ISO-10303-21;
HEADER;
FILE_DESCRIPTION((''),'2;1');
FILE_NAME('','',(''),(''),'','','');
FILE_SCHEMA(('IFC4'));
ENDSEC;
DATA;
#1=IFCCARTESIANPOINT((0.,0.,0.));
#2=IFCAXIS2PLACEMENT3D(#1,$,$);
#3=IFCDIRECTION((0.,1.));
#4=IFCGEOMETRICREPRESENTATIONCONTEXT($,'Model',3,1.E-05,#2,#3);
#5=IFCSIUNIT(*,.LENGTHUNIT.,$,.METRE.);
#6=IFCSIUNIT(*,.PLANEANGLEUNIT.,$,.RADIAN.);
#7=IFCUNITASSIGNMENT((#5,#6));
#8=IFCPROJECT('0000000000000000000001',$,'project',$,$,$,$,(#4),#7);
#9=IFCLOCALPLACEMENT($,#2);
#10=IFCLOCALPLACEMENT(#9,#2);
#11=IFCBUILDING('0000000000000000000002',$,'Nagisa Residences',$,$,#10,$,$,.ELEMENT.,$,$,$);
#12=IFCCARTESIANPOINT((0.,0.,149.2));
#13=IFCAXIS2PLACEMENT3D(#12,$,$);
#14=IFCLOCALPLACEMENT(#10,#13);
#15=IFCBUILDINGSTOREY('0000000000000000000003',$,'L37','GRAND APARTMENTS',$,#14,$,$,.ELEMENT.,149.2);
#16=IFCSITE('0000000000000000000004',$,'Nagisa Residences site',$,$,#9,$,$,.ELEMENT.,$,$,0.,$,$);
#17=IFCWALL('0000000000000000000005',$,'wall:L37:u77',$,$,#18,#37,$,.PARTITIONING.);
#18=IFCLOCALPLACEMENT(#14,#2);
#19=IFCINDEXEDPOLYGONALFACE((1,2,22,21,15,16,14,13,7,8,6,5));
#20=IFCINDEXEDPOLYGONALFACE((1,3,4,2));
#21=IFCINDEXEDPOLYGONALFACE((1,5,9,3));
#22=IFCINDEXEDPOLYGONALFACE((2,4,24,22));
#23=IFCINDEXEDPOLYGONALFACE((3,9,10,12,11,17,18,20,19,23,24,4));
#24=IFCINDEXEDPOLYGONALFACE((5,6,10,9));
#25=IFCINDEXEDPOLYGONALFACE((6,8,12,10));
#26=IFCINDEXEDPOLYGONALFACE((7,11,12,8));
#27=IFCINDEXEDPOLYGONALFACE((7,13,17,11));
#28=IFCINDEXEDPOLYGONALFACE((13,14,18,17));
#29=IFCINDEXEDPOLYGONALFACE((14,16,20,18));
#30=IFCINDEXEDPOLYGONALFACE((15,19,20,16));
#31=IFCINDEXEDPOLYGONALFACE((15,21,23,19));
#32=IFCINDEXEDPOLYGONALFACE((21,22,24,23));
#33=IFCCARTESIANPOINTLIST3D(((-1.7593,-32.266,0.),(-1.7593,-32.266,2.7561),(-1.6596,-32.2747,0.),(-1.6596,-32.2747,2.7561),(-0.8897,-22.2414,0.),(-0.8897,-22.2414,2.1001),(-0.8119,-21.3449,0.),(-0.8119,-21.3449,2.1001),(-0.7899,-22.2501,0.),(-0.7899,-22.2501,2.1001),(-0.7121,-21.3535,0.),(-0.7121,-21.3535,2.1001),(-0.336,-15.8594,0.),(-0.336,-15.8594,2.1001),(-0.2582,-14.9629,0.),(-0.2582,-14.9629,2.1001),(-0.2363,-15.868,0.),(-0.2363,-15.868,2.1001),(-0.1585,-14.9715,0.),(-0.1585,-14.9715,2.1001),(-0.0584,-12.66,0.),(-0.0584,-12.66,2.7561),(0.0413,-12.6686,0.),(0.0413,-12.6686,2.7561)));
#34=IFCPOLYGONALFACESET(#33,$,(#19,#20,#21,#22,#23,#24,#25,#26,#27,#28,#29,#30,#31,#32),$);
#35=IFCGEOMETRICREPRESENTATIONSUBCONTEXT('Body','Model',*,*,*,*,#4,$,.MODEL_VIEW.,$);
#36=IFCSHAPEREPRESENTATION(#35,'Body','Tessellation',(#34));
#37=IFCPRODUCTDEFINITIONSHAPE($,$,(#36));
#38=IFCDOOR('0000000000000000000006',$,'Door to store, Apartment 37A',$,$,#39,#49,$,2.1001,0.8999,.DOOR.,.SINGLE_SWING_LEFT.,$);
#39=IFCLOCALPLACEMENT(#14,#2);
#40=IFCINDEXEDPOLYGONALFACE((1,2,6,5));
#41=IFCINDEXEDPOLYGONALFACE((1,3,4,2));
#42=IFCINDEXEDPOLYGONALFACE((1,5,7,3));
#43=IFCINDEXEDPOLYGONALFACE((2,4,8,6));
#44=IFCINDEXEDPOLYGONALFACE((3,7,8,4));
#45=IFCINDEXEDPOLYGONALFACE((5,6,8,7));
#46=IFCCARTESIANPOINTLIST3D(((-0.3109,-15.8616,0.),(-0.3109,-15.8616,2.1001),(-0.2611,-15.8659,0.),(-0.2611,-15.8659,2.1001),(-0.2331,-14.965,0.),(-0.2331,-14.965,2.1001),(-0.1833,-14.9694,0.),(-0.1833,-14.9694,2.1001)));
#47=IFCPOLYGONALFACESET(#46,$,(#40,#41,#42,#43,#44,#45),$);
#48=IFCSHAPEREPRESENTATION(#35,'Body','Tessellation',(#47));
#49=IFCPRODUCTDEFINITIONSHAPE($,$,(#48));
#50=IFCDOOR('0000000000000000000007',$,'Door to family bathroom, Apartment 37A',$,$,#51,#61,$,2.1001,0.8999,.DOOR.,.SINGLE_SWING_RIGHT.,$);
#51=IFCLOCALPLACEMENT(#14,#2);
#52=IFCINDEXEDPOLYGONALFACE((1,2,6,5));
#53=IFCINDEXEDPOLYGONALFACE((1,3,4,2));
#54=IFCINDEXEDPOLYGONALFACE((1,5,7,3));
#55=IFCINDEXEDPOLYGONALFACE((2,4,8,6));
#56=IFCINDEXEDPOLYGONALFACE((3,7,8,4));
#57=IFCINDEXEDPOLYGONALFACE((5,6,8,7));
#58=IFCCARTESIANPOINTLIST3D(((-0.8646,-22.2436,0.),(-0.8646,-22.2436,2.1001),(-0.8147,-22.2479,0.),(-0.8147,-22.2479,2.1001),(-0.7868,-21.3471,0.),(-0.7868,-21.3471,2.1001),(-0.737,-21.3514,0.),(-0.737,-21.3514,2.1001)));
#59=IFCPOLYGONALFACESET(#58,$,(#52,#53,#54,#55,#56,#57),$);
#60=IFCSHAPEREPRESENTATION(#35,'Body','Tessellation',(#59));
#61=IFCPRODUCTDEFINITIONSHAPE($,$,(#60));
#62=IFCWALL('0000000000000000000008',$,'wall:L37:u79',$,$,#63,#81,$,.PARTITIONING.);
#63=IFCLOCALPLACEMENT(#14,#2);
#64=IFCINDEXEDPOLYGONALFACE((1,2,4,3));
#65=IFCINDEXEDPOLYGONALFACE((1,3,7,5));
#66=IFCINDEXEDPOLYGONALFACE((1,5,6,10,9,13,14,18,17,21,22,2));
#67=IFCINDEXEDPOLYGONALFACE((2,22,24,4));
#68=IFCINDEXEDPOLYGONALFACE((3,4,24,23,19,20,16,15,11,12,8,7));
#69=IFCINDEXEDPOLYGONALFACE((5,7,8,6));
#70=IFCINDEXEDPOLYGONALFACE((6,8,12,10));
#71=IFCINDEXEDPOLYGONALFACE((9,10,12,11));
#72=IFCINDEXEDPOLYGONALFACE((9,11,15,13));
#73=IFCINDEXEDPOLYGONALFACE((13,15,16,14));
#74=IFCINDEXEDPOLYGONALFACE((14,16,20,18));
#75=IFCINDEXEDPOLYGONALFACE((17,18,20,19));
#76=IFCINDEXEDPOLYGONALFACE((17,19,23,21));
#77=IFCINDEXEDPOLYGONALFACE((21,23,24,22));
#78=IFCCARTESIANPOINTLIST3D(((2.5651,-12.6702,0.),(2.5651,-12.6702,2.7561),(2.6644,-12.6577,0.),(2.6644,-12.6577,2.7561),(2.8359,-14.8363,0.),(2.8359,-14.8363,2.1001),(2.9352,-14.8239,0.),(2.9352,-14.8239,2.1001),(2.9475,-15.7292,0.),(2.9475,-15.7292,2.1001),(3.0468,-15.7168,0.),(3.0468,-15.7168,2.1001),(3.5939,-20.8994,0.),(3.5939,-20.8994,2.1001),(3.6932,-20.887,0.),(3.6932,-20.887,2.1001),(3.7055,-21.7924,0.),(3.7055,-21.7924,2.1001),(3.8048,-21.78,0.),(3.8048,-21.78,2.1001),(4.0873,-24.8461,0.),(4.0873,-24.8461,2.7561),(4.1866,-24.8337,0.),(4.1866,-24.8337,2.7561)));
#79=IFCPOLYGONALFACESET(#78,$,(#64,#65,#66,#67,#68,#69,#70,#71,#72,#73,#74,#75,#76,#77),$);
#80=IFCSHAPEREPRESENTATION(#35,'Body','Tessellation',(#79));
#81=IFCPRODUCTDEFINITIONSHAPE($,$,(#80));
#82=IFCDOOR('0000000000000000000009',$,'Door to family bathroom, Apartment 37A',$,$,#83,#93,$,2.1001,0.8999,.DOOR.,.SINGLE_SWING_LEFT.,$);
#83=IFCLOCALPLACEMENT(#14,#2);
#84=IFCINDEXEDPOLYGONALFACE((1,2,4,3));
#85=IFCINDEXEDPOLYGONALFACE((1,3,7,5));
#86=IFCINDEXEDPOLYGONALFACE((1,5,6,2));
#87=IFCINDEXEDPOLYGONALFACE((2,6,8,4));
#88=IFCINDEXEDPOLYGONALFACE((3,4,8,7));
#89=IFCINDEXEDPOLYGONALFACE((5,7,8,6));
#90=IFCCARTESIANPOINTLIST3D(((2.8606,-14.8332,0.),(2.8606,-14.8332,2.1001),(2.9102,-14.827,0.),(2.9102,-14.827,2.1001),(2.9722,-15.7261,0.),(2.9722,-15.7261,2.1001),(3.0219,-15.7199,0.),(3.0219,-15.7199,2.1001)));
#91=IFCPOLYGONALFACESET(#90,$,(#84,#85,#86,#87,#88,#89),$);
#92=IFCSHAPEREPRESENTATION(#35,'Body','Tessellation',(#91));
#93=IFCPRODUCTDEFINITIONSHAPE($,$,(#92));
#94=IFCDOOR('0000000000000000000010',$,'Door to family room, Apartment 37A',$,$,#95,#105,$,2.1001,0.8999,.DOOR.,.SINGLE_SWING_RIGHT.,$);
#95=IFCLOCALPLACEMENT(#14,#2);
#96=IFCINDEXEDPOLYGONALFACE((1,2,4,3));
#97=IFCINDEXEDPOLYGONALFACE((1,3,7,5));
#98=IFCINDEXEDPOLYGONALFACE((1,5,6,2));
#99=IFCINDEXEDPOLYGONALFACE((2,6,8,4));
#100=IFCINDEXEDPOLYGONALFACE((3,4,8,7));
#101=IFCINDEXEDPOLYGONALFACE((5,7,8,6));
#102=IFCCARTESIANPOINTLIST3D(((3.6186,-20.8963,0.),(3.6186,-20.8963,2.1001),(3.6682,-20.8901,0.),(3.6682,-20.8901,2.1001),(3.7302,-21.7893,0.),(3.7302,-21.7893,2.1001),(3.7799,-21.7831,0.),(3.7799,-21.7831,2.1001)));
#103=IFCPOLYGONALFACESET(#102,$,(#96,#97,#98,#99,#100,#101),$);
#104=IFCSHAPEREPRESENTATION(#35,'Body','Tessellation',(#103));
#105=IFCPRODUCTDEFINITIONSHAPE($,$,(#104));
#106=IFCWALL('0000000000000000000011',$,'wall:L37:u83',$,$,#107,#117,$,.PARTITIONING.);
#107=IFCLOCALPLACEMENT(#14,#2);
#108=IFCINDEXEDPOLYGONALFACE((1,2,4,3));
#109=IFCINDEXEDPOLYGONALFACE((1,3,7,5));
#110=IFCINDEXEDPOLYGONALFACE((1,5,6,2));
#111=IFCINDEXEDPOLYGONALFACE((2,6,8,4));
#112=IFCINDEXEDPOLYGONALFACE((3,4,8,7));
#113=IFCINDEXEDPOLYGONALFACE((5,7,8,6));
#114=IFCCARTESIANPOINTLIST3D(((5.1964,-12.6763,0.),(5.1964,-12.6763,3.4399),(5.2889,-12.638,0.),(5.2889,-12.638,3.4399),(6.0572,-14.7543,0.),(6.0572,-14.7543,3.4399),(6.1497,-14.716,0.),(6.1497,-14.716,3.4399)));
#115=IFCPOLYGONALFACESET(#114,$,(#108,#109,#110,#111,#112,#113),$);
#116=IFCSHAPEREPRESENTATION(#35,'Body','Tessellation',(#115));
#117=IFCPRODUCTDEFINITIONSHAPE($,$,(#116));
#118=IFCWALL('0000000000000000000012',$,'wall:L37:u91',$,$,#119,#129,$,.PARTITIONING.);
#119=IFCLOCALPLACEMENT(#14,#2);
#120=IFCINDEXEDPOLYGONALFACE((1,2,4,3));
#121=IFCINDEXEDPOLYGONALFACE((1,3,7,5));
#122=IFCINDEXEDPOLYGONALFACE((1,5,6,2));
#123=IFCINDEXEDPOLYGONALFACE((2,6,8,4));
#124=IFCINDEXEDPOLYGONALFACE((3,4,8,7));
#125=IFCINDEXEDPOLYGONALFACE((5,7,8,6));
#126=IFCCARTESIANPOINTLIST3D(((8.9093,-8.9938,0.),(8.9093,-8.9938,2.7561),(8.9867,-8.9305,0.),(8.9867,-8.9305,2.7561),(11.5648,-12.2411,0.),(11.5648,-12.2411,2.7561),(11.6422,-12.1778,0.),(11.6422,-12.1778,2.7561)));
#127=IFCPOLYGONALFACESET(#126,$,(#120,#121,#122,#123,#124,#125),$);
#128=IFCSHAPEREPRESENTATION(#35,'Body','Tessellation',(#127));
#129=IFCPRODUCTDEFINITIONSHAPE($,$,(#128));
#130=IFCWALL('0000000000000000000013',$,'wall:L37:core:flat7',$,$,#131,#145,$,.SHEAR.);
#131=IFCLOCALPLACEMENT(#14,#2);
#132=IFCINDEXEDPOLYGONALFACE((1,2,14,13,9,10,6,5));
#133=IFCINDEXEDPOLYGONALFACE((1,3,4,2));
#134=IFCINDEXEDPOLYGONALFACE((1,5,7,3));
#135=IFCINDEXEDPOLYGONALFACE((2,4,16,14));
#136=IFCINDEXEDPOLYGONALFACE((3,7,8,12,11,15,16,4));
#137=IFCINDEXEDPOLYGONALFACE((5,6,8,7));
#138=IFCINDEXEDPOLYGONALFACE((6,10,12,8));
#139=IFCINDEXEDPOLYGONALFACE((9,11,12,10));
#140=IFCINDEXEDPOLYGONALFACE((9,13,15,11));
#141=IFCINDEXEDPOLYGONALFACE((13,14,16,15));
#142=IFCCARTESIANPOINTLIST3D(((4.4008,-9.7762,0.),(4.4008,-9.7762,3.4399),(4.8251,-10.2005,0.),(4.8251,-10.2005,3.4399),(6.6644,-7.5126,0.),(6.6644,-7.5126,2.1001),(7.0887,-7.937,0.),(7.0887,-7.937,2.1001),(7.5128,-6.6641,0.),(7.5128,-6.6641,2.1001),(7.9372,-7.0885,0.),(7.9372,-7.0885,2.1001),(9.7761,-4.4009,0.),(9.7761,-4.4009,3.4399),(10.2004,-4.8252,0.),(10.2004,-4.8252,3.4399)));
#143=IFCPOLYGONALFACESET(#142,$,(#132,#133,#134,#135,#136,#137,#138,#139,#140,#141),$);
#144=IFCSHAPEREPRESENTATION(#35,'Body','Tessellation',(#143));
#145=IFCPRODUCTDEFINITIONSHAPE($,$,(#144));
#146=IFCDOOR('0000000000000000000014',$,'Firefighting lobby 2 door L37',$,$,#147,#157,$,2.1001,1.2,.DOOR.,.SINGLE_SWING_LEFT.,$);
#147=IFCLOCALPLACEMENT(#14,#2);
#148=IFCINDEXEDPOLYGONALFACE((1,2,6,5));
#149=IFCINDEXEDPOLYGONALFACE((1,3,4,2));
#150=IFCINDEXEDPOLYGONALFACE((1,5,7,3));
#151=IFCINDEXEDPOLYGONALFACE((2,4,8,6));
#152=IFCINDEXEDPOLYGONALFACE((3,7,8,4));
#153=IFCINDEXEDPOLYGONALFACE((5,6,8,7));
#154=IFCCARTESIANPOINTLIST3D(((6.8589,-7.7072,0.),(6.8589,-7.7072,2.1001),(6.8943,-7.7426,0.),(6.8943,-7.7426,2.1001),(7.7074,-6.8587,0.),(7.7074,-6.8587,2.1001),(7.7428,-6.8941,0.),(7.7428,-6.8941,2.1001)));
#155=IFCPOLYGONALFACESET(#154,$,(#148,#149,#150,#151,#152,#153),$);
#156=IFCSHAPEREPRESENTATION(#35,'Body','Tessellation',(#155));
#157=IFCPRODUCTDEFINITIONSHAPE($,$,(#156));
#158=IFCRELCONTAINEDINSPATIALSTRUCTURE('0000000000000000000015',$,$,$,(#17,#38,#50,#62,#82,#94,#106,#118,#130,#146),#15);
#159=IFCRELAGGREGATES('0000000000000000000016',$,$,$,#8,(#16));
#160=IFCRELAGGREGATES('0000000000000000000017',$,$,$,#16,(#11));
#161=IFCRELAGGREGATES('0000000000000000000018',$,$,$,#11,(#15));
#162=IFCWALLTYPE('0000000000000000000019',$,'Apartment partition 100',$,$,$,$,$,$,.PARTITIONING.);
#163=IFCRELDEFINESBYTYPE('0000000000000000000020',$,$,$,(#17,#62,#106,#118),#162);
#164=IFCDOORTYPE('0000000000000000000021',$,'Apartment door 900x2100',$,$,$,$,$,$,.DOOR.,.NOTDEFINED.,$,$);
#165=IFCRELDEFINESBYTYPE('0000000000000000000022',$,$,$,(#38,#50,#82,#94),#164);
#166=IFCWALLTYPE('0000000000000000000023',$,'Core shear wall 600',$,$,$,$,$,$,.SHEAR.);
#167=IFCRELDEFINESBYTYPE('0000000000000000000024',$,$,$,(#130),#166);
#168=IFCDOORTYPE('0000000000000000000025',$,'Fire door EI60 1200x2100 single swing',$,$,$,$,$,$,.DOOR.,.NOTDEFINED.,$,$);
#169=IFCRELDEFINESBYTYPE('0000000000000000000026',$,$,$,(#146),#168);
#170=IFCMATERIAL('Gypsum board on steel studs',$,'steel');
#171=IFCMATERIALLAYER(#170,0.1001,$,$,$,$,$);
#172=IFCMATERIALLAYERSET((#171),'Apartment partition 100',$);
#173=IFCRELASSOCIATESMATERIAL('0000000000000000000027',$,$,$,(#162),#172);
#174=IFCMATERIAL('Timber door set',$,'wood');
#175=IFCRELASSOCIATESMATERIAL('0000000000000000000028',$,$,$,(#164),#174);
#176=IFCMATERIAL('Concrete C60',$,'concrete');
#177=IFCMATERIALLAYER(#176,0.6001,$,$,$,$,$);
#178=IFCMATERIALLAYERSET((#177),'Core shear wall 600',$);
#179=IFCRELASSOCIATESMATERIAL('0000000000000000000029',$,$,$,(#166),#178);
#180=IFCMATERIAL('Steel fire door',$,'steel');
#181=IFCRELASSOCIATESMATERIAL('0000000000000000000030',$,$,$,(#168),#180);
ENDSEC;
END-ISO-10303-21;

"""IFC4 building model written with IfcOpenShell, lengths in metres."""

from ifc_helpers import new_model, si_unit, direction, frame, frame_2d, origin, place, context, subcontext, project, spatial, rectangle, extrude, material, layer, layer_set, type_object, element, fill, save


model = new_model("IFC4")

# Units and contexts
model_context = context("Model", 3, precision=1e-05, world=origin(), true_north=direction((0.0, 1.0)))
body_context = subcontext(model_context, "Body", "Model", "MODEL_VIEW")
ifc_project = project(units=[si_unit("LENGTHUNIT", "METRE"), si_unit("PLANEANGLEUNIT", "RADIAN")], contexts=[model_context])

# Site, building, storey
site_placement = place(None, origin())
site = spatial("IfcSite", under=ifc_project, at=site_placement, Name="Nagisa Residences site", CompositionType="ELEMENT", RefElevation=0.0)
building_placement = place(site_placement, origin())
building = spatial("IfcBuilding", under=site, at=building_placement, Name="Nagisa Residences", CompositionType="ELEMENT")
storey_placement = place(building_placement, frame((0.0, 0.0, 149.2)))
storey = spatial("IfcBuildingStorey", under=building, at=storey_placement, Name="L37", Description="GRAND APARTMENTS", CompositionType="ELEMENT", Elevation=149.2)

# Walls, openings, doors
ifc_material_1 = material(Name="Gypsum board on steel studs", Category="steel")
ifc_layer_1 = layer(ifc_material_1, 0.1001)
ifc_layer_set_1 = layer_set([ifc_layer_1], Name="Apartment partition 100")
wall_type_1 = type_object("IfcWallType", Name="Apartment partition 100", PredefinedType="PARTITIONING", material=ifc_layer_set_1)
wall_1_placement = place(storey_placement, frame((-0.0085, -12.6643, 0.0), z_axis=(0.0, 0.0, 1.0), x_axis=(-0.086431, -0.996258, 0.0)))
wall_1 = element("IfcWall", 1, at=wall_1_placement, inside=storey, type_object=wall_type_1, Name="wall:L37:u77", PredefinedType="PARTITIONING", context=body_context, shape_type="SweptSolid", body=[
    extrude(rectangle(XDim=19.6797, YDim=0.1001, at=frame_2d((9.8398, 0.0))), origin(), (0.0, 0.0, 1.0), 2.7561),
])
opening_1_placement = place(wall_1_placement, frame((2.3115, 0.0, 0.0)))
opening_1 = element("IfcOpeningElement", 2, at=opening_1_placement, cuts=wall_1, PredefinedType="OPENING", context=body_context, shape_type="SweptSolid", body=[
    extrude(rectangle(XDim=0.8999, YDim=2.1001, at=frame_2d((0.45, 1.05))), frame((0.0, 0.0601, 0.0), z_axis=(0.0, -1.0, 0.0), x_axis=(1.0, 0.0, 0.0)), (0.0, 0.0, 1.0), 0.1201),
])
opening_2_placement = place(wall_1_placement, frame((8.7175, 0.0, 0.0)))
opening_2 = element("IfcOpeningElement", 3, at=opening_2_placement, cuts=wall_1, PredefinedType="OPENING", context=body_context, shape_type="SweptSolid", body=[
    extrude(rectangle(XDim=0.8999, YDim=2.1001, at=frame_2d((0.45, 1.05))), frame((0.0, 0.0601, 0.0), z_axis=(0.0, -1.0, 0.0), x_axis=(1.0, 0.0, 0.0)), (0.0, 0.0, 1.0), 0.1201),
])
ifc_material_2 = material(Name="Timber door set", Category="wood")
door_type_1 = type_object("IfcDoorType", Name="Apartment door 900x2100", OperationType="NOTDEFINED", PredefinedType="DOOR", material=ifc_material_2)
door_1_placement = place(opening_1_placement, frame((0.8999, 0.0, 0.0), x_axis=(-1.0, 0.0, 0.0)))
door_1 = element("IfcDoor", 4, at=door_1_placement, inside=storey, type_object=door_type_1, Name="Door to store, Apartment 37A", OperationType="SINGLE_SWING_LEFT", OverallHeight=2.1001, OverallWidth=0.8999, PredefinedType="DOOR", context=body_context, shape_type="SweptSolid", body=[
    extrude(rectangle(XDim=0.8999, YDim=2.1001, at=frame_2d((0.45, 1.05))), frame((0.0, 0.0249, 0.0), z_axis=(0.0, -1.0, 0.0), x_axis=(1.0, 0.0, 0.0)), (0.0, 0.0, 1.0), 0.05),
])
fill(opening_1, door_1)
door_2_placement = place(opening_2_placement, frame((0.8999, 0.0, 0.0), x_axis=(-1.0, 0.0, 0.0)))
door_2 = element("IfcDoor", 5, at=door_2_placement, inside=storey, type_object=door_type_1, Name="Door to family bathroom, Apartment 37A", OperationType="SINGLE_SWING_RIGHT", OverallHeight=2.1001, OverallWidth=0.8999, PredefinedType="DOOR", context=body_context, shape_type="SweptSolid", body=[
    extrude(rectangle(XDim=0.8999, YDim=2.1001, at=frame_2d((0.45, 1.05))), frame((0.0, 0.0249, 0.0), z_axis=(0.0, -1.0, 0.0), x_axis=(1.0, 0.0, 0.0)), (0.0, 0.0, 1.0), 0.05),
])
fill(opening_2, door_2)
wall_2_placement = place(storey_placement, frame((2.6147, -12.6641, 0.0), z_axis=(0.0, 0.0, 1.0), x_axis=(0.124052, -0.992276, 0.0)))
wall_2 = element("IfcWall", 6, at=wall_2_placement, inside=storey, type_object=wall_type_1, Name="wall:L37:u79", PredefinedType="PARTITIONING", context=body_context, shape_type="SweptSolid", body=[
    extrude(rectangle(XDim=12.2708, YDim=0.1001, at=frame_2d((6.1353, 0.0))), origin(), (0.0, 0.0, 1.0), 2.7561),
])
opening_3_placement = place(wall_2_placement, frame((2.1829, 0.0, 0.0)))
opening_3 = element("IfcOpeningElement", 7, at=opening_3_placement, cuts=wall_2, PredefinedType="OPENING", context=body_context, shape_type="SweptSolid", body=[
    extrude(rectangle(XDim=0.8999, YDim=2.1001, at=frame_2d((0.45, 1.05))), frame((0.0, 0.0601, 0.0), z_axis=(0.0, -1.0, 0.0), x_axis=(1.0, 0.0, 0.0)), (0.0, 0.0, 1.0), 0.1201),
])
opening_4_placement = place(wall_2_placement, frame((8.2932, 0.0, 0.0)))
opening_4 = element("IfcOpeningElement", 8, at=opening_4_placement, cuts=wall_2, PredefinedType="OPENING", context=body_context, shape_type="SweptSolid", body=[
    extrude(rectangle(XDim=0.8999, YDim=2.1001, at=frame_2d((0.45, 1.05))), frame((0.0, 0.0601, 0.0), z_axis=(0.0, -1.0, 0.0), x_axis=(1.0, 0.0, 0.0)), (0.0, 0.0, 1.0), 0.1201),
])
door_3_placement = place(opening_3_placement, origin())
door_3 = element("IfcDoor", 9, at=door_3_placement, inside=storey, type_object=door_type_1, Name="Door to family bathroom, Apartment 37A", OperationType="SINGLE_SWING_LEFT", OverallHeight=2.1001, OverallWidth=0.8999, PredefinedType="DOOR", context=body_context, shape_type="SweptSolid", body=[
    extrude(rectangle(XDim=0.8999, YDim=2.1001, at=frame_2d((0.45, 1.05))), frame((0.0, 0.0249, 0.0), z_axis=(0.0, -1.0, 0.0), x_axis=(1.0, 0.0, 0.0)), (0.0, 0.0, 1.0), 0.05),
])
fill(opening_3, door_3)
door_4_placement = place(opening_4_placement, origin())
door_4 = element("IfcDoor", 10, at=door_4_placement, inside=storey, type_object=door_type_1, Name="Door to family room, Apartment 37A", OperationType="SINGLE_SWING_RIGHT", OverallHeight=2.1001, OverallWidth=0.8999, PredefinedType="DOOR", context=body_context, shape_type="SweptSolid", body=[
    extrude(rectangle(XDim=0.8999, YDim=2.1001, at=frame_2d((0.45, 1.05))), frame((0.0, 0.0249, 0.0), z_axis=(0.0, -1.0, 0.0), x_axis=(1.0, 0.0, 0.0)), (0.0, 0.0, 1.0), 0.05),
])
fill(opening_4, door_4)

# Walls
wall_3_placement = place(storey_placement, frame((5.2427, -12.6572, 0.0), z_axis=(0.0, 0.0, 1.0), x_axis=(0.382703, -0.923871, 0.0)))
element("IfcWall", 11, at=wall_3_placement, inside=storey, type_object=wall_type_1, Name="wall:L37:u83", PredefinedType="PARTITIONING", context=body_context, shape_type="SweptSolid", body=[
    extrude(rectangle(XDim=2.2493, YDim=0.1001, at=frame_2d((1.1245, 0.0))), origin(), (0.0, 0.0, 1.0), 3.4399),
])
wall_4_placement = place(storey_placement, frame((8.948, -8.9622, 0.0), z_axis=(0.0, 0.0, 1.0), x_axis=(0.633041, -0.774118, 0.0)))
element("IfcWall", 12, at=wall_4_placement, inside=storey, type_object=wall_type_1, Name="wall:L37:u91", PredefinedType="PARTITIONING", context=body_context, shape_type="SweptSolid", body=[
    extrude(rectangle(XDim=4.1948, YDim=0.1001, at=frame_2d((2.0974, 0.0))), origin(), (0.0, 0.0, 1.0), 2.7561),
])

# Wall, opening, door
ifc_material_3 = material(Name="Concrete C60", Category="concrete")
ifc_layer_2 = layer(ifc_material_3, 0.6001)
ifc_layer_set_2 = layer_set([ifc_layer_2], Name="Core shear wall 600")
wall_type_2 = type_object("IfcWallType", Name="Core shear wall 600", PredefinedType="SHEAR", material=ifc_layer_set_2)
wall_5_placement = place(storey_placement, frame((4.613, -9.9883, 0.0), z_axis=(0.0, 0.0, 1.0), x_axis=(0.707107, 0.707107, 0.0)))
wall_5 = element("IfcWall", 13, at=wall_5_placement, inside=storey, type_object=wall_type_2, Name="wall:L37:core:flat7", PredefinedType="SHEAR", context=body_context, shape_type="SweptSolid", body=[
    extrude(rectangle(XDim=7.6018, YDim=0.6001, at=frame_2d((3.8008, 0.0))), origin(), (0.0, 0.0, 1.0), 3.4399),
])
opening_5_placement = place(wall_5_placement, frame((3.2009, 0.0, 0.0)))
opening_5 = element("IfcOpeningElement", 14, at=opening_5_placement, cuts=wall_5, PredefinedType="OPENING", context=body_context, shape_type="SweptSolid", body=[
    extrude(rectangle(XDim=1.2, YDim=2.1001, at=frame_2d((0.6001, 1.05))), frame((0.0, 0.3101, 0.0), z_axis=(0.0, -1.0, 0.0), x_axis=(1.0, 0.0, 0.0)), (0.0, 0.0, 1.0), 0.6201),
])
ifc_material_4 = material(Name="Steel fire door", Category="steel")
door_type_2 = type_object("IfcDoorType", Name="Fire door EI60 1200x2100 single swing", OperationType="NOTDEFINED", PredefinedType="DOOR", material=ifc_material_4)
door_5_placement = place(opening_5_placement, origin())
door_5 = element("IfcDoor", 15, at=door_5_placement, inside=storey, type_object=door_type_2, Name="Firefighting lobby 2 door L37", OperationType="SINGLE_SWING_LEFT", OverallHeight=2.1001, OverallWidth=1.2, PredefinedType="DOOR", context=body_context, shape_type="SweptSolid", body=[
    extrude(rectangle(XDim=1.2, YDim=2.1001, at=frame_2d((0.6001, 1.05))), frame((0.0, 0.0249, 0.0), z_axis=(0.0, -1.0, 0.0), x_axis=(1.0, 0.0, 0.0)), (0.0, 0.0, 1.0), 0.05),
])
fill(opening_5, door_5)

save(model, "model.ifc")
